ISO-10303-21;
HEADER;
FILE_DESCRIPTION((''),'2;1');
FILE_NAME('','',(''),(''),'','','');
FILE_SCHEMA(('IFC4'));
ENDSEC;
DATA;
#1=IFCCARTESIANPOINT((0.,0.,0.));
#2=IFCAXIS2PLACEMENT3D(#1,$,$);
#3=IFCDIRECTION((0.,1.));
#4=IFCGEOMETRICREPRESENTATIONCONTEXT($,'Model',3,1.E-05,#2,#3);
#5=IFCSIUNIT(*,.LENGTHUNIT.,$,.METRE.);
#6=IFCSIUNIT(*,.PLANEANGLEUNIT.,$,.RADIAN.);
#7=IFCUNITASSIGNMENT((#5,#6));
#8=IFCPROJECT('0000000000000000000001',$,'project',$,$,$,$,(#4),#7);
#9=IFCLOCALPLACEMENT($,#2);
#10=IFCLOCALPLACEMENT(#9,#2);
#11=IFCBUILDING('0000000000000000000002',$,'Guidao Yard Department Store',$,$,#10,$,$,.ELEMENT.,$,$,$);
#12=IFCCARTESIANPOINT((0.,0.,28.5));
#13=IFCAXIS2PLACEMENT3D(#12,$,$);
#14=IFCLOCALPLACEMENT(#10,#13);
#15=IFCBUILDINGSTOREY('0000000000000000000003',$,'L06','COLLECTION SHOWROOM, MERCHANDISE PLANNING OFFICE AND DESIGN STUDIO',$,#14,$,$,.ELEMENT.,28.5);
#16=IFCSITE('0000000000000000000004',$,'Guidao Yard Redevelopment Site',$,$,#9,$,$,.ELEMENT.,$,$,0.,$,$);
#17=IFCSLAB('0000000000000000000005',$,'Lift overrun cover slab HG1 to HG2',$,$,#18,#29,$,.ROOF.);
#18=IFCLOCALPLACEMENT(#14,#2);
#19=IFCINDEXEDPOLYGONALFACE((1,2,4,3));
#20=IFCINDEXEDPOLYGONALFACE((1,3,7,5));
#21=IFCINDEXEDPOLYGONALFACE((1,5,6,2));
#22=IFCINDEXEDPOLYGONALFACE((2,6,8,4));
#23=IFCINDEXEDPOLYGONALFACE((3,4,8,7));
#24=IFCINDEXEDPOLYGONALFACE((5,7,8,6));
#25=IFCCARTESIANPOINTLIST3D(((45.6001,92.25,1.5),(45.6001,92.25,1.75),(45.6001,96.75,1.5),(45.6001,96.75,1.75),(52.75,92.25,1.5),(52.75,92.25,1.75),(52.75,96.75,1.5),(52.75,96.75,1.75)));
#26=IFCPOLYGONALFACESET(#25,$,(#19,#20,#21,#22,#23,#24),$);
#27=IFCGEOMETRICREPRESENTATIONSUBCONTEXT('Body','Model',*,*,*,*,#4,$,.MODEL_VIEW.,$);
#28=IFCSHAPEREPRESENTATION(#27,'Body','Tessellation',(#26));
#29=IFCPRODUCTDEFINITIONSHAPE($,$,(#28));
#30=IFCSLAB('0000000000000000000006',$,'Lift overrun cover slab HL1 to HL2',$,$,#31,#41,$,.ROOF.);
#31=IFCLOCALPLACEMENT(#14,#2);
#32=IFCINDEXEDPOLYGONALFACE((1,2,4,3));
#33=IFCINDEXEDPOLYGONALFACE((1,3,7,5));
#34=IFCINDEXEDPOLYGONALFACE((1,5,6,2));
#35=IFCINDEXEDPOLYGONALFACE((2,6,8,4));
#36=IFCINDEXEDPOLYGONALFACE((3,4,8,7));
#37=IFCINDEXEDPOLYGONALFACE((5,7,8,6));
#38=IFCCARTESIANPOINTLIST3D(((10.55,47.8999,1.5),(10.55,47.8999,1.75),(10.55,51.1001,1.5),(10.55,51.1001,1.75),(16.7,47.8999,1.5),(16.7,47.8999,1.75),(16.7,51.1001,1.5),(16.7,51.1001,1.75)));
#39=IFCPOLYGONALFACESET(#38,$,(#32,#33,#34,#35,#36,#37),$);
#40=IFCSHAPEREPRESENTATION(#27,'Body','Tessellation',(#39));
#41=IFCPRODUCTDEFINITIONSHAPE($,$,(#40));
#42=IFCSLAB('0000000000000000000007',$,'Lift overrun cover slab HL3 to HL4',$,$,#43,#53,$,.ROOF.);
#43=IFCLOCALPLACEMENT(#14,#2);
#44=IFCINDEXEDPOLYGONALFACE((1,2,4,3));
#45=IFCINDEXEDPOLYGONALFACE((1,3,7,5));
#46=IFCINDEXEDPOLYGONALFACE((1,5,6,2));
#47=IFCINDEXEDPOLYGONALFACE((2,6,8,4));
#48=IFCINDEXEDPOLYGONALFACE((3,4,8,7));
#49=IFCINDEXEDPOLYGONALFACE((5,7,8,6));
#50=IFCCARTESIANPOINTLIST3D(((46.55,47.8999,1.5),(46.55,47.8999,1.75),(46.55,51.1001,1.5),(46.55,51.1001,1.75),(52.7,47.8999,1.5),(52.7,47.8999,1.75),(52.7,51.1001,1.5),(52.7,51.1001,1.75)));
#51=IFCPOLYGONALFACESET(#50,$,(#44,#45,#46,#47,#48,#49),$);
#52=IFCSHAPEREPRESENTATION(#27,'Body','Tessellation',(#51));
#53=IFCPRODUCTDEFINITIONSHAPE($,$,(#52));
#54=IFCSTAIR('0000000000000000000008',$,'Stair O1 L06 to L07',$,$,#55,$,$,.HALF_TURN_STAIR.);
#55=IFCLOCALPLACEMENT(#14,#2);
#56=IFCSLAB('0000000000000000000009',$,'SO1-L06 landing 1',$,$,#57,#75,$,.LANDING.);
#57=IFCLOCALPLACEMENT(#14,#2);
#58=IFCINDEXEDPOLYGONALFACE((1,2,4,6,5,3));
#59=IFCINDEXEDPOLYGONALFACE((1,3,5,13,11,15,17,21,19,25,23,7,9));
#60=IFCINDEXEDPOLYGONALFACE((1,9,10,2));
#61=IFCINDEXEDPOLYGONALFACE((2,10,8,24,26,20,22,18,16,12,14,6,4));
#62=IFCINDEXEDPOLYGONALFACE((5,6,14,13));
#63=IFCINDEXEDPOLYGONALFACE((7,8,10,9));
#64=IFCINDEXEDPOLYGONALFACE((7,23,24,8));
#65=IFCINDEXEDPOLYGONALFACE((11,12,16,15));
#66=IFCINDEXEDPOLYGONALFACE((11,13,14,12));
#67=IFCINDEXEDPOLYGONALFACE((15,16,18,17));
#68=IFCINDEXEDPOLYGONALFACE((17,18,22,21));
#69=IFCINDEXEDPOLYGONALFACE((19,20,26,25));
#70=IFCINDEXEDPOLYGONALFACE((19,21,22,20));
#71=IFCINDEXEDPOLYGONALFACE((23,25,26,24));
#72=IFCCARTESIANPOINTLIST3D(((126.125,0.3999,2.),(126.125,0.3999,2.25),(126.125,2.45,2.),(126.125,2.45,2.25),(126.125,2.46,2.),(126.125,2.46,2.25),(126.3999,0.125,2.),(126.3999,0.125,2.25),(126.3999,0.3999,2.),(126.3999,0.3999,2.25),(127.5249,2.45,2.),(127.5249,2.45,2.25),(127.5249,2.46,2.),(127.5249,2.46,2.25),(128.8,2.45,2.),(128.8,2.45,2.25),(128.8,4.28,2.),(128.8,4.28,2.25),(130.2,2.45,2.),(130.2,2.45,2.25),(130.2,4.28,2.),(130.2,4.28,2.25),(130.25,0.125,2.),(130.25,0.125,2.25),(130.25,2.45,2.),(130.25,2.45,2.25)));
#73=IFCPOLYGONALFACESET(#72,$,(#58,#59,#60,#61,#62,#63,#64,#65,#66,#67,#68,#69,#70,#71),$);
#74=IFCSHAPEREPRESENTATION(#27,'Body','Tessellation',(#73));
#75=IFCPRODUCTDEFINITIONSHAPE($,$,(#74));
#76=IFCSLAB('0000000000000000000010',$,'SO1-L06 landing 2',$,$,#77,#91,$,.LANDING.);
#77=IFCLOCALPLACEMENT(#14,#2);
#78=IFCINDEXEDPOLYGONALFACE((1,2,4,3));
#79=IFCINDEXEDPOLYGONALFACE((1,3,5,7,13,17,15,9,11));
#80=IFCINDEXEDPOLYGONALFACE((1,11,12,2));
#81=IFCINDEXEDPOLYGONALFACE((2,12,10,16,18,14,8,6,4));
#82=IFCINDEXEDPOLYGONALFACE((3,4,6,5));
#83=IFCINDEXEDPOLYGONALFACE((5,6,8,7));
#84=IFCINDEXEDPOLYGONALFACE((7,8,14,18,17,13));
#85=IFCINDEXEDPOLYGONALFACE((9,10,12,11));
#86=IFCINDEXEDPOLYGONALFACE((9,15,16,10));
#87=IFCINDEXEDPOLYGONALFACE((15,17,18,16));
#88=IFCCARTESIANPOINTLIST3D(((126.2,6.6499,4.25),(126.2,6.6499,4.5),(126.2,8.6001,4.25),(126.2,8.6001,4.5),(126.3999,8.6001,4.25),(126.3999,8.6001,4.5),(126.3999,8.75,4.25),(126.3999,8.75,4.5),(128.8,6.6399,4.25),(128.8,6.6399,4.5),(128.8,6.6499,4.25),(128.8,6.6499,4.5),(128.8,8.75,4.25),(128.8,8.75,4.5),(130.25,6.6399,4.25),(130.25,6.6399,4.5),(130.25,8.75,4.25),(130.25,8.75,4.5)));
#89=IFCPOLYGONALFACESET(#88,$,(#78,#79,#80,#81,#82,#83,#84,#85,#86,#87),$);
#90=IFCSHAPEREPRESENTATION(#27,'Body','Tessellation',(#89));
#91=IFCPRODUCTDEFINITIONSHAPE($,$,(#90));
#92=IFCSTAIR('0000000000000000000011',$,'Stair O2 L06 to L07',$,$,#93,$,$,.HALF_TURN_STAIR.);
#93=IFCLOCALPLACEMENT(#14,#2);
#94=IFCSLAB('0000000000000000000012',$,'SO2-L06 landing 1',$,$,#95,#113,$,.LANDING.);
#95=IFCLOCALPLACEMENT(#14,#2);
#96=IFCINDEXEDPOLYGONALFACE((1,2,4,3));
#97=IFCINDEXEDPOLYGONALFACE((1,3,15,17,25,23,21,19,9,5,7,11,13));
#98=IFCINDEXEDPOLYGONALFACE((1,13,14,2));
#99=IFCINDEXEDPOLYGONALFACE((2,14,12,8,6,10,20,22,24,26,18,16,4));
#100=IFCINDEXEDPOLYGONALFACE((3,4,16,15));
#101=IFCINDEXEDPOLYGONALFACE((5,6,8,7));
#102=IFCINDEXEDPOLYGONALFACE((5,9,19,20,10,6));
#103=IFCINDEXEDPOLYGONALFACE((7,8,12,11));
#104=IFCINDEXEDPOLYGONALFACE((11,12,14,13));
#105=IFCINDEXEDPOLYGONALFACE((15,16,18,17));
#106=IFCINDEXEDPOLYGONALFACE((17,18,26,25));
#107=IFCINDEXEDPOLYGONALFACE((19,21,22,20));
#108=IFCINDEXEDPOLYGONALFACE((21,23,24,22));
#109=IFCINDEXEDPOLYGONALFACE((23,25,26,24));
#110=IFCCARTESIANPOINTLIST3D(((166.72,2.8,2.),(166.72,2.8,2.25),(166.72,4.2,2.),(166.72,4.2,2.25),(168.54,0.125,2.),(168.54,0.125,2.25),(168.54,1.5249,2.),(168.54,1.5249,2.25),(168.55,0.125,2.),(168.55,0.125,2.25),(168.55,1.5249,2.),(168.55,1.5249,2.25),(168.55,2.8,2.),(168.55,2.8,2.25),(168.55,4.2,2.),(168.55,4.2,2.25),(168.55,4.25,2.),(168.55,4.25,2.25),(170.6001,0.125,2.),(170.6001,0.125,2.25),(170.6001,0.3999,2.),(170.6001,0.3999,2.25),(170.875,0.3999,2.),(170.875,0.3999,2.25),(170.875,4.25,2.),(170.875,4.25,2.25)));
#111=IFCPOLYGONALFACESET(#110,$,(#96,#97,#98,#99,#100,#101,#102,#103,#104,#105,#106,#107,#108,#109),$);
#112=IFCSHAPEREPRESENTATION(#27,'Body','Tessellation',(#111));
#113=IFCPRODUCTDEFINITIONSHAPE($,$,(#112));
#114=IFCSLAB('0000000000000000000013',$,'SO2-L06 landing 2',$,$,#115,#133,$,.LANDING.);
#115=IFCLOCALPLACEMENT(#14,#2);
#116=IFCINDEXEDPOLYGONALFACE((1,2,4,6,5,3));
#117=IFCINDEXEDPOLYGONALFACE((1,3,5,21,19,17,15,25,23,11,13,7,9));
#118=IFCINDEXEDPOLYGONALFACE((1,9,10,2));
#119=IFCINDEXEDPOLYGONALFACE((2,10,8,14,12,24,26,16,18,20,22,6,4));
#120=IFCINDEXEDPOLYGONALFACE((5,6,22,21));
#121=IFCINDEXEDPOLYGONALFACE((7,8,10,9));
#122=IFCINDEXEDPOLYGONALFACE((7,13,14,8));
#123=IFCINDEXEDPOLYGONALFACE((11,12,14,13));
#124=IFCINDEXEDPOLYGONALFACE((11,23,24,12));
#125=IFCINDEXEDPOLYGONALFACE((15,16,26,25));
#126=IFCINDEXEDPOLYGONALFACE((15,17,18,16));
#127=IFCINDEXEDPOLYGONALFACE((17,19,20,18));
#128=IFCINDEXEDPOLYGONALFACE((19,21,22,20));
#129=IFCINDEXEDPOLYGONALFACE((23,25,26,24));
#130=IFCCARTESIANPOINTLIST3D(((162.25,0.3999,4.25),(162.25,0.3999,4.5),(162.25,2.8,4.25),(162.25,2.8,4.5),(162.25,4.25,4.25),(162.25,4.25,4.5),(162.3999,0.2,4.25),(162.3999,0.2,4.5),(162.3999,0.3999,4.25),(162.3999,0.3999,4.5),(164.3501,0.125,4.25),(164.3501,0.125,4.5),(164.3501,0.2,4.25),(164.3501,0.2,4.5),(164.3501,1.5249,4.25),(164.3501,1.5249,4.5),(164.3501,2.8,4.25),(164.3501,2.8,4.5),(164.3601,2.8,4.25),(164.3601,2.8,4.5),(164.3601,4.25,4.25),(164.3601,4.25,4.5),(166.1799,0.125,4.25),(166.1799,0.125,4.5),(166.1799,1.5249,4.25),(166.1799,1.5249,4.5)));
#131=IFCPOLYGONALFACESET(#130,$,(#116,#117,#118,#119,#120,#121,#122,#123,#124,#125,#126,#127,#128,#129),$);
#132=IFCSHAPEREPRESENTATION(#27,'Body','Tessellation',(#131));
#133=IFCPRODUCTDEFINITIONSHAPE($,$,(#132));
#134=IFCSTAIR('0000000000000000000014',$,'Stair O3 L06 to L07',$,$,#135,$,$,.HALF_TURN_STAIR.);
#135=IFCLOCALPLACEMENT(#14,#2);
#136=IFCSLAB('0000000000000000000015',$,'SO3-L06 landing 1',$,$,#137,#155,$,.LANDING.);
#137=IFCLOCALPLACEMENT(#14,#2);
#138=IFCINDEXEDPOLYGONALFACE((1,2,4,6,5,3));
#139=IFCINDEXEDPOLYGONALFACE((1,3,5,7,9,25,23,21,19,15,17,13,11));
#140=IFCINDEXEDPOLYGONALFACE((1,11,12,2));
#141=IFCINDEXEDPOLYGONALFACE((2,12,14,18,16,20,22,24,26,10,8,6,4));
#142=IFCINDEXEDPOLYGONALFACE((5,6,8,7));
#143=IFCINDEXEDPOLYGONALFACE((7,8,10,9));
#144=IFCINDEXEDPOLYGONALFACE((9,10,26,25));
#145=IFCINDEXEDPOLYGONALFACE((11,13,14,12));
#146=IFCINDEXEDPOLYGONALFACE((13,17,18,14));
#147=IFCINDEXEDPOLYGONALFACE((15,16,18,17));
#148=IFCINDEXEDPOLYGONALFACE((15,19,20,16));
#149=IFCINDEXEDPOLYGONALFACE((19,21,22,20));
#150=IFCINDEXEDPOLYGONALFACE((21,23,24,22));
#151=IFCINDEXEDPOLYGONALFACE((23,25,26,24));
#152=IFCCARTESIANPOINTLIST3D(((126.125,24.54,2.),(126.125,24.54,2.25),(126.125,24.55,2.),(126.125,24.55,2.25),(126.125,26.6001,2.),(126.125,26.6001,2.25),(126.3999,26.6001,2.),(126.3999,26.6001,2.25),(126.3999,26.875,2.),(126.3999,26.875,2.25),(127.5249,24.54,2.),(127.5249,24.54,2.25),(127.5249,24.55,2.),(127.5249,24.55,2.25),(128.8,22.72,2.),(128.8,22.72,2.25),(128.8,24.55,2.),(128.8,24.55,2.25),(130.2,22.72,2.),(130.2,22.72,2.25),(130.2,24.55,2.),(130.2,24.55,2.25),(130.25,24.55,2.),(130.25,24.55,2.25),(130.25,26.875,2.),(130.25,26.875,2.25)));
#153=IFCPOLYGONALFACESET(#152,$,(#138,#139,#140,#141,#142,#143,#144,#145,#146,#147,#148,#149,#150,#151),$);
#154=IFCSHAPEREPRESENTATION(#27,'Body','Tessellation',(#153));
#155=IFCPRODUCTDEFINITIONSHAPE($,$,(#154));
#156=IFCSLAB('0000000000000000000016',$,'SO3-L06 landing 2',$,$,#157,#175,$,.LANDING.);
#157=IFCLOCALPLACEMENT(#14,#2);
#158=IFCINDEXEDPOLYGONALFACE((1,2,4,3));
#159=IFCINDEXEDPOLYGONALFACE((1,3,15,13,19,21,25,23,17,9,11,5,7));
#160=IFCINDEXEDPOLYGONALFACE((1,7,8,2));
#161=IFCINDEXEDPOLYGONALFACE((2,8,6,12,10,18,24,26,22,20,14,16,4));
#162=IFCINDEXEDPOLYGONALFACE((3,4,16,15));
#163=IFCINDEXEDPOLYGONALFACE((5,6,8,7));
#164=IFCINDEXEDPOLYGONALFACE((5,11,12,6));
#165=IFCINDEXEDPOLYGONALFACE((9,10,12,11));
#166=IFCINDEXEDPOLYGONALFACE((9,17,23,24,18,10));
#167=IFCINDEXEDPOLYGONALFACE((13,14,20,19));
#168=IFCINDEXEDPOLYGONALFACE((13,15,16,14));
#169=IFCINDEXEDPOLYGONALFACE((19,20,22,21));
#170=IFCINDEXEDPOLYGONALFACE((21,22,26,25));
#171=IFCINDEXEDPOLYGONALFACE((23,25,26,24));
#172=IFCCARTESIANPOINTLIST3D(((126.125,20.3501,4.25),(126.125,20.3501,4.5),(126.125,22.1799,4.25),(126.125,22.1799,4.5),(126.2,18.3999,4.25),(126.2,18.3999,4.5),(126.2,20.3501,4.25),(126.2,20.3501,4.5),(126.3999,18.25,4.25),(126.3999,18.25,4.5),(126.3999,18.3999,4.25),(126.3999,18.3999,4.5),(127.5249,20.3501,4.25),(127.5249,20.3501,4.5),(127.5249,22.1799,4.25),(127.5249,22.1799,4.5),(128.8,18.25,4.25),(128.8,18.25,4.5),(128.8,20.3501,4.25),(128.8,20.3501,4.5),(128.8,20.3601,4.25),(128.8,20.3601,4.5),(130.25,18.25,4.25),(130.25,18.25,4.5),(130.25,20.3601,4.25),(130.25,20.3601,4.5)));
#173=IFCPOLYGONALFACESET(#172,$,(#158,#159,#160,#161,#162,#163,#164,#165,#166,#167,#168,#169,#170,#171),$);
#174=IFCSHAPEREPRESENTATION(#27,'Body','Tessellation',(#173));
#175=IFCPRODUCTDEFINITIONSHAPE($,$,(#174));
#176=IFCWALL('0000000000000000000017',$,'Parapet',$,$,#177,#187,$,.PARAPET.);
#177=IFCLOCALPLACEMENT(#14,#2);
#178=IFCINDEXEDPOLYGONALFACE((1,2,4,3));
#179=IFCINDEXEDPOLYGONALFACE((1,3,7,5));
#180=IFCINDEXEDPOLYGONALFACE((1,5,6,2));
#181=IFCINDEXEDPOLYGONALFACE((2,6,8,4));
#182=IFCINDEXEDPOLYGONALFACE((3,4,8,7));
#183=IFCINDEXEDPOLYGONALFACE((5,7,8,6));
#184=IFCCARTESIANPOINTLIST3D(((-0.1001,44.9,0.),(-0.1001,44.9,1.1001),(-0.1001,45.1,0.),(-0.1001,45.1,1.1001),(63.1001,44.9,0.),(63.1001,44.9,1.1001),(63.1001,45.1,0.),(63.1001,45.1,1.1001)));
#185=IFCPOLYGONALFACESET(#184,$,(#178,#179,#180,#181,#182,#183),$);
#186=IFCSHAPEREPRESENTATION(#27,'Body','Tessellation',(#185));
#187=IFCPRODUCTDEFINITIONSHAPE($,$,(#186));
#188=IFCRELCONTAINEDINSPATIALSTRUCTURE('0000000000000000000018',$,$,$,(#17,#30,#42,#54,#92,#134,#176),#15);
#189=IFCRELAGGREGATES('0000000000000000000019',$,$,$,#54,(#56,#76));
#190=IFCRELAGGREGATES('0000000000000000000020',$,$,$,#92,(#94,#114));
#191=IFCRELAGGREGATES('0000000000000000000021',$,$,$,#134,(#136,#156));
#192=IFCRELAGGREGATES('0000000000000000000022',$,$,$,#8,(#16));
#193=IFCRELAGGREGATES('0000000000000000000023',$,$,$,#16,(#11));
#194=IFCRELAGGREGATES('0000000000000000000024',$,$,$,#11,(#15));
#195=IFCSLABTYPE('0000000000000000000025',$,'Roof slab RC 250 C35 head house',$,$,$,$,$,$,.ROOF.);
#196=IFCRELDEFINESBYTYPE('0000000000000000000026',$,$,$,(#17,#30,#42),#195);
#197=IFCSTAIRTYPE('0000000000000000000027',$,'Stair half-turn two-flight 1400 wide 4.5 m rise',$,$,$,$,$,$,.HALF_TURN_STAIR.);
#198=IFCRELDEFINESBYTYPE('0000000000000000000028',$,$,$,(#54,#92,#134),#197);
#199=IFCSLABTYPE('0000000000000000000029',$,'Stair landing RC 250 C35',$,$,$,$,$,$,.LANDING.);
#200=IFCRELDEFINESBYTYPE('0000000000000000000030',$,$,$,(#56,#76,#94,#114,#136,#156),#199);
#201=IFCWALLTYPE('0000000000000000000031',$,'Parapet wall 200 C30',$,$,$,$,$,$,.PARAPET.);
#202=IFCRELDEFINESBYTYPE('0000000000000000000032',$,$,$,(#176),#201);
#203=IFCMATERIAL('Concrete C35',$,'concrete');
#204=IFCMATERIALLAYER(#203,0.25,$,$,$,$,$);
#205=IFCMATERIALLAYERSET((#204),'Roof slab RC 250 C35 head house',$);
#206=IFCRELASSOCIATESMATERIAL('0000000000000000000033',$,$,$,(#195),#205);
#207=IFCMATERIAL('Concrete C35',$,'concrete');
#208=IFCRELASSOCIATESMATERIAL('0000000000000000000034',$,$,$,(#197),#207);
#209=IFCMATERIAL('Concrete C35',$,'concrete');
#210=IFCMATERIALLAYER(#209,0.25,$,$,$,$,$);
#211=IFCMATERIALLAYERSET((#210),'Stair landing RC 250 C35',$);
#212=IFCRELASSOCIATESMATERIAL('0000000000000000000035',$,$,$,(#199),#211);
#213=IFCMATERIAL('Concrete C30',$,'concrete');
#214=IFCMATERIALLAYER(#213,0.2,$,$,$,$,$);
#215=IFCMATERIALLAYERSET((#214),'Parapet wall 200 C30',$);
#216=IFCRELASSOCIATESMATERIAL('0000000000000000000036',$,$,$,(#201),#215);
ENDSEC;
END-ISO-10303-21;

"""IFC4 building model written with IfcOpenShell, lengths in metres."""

from ifc_helpers import new_model, si_unit, direction, frame, frame_2d, origin, place, context, subcontext, project, spatial, polyline, rectangle, outline, extrude, material, layer, layer_set, type_object, element, aggregate, save


model = new_model("IFC4")

# Units and contexts
model_context = context("Model", 3, precision=1e-05, world=origin(), true_north=direction((0.0, 1.0)))
body_context = subcontext(model_context, "Body", "Model", "MODEL_VIEW")
ifc_project = project(units=[si_unit("LENGTHUNIT", "METRE"), si_unit("PLANEANGLEUNIT", "RADIAN")], contexts=[model_context])

# Site, building, storey
site_placement = place(None, origin())
site = spatial("IfcSite", under=ifc_project, at=site_placement, Name="Guidao Yard Redevelopment Site", CompositionType="ELEMENT", RefElevation=0.0)
building_placement = place(site_placement, origin())
building = spatial("IfcBuilding", under=site, at=building_placement, Name="Guidao Yard Department Store", CompositionType="ELEMENT")
storey_placement = place(building_placement, frame((0.0, 0.0, 28.5)))
storey = spatial("IfcBuildingStorey", under=building, at=storey_placement, Name="L06", Description="COLLECTION SHOWROOM, MERCHANDISE PLANNING OFFICE AND DESIGN STUDIO", CompositionType="ELEMENT", Elevation=28.5)

# Slabs
ifc_material_1 = material(Name="Concrete C35", Category="concrete")
ifc_layer_1 = layer(ifc_material_1, 0.25)
ifc_layer_set_1 = layer_set([ifc_layer_1], Name="Roof slab RC 250 C35 head house")
slab_type_1 = type_object("IfcSlabType", Name="Roof slab RC 250 C35 head house", PredefinedType="ROOF", material=ifc_layer_set_1)
slab_1_placement = place(storey_placement, frame((0.0, 0.0, 1.5)))
element("IfcSlab", 1, at=slab_1_placement, inside=storey, type_object=slab_type_1, Name="Lift overrun cover slab HG1 to HG2", PredefinedType="ROOF", context=body_context, shape_type="SweptSolid", body=[
    extrude(outline(polyline([(45.6001, 92.25), (52.75, 92.25), (52.75, 96.75), (45.6001, 96.75), (45.6001, 92.25)])), origin(), (0.0, 0.0, 1.0), 0.25),
])
slab_2_placement = place(storey_placement, frame((0.0, 0.0, 1.5)))
element("IfcSlab", 2, at=slab_2_placement, inside=storey, type_object=slab_type_1, Name="Lift overrun cover slab HL1 to HL2", PredefinedType="ROOF", context=body_context, shape_type="SweptSolid", body=[
    extrude(outline(polyline([(10.55, 47.8999), (16.7, 47.8999), (16.7, 51.1001), (10.55, 51.1001), (10.55, 47.8999)])), origin(), (0.0, 0.0, 1.0), 0.25),
])
slab_3_placement = place(storey_placement, frame((0.0, 0.0, 1.5)))
element("IfcSlab", 3, at=slab_3_placement, inside=storey, type_object=slab_type_1, Name="Lift overrun cover slab HL3 to HL4", PredefinedType="ROOF", context=body_context, shape_type="SweptSolid", body=[
    extrude(outline(polyline([(46.55, 47.8999), (52.7, 47.8999), (52.7, 51.1001), (46.55, 51.1001), (46.55, 47.8999)])), origin(), (0.0, 0.0, 1.0), 0.25),
])

# Stairs, slabs
ifc_material_2 = material(Name="Concrete C35", Category="concrete")
stair_type = type_object("IfcStairType", Name="Stair half-turn two-flight 1400 wide 4.5 m rise", PredefinedType="HALF_TURN_STAIR", material=ifc_material_2)
stair_1_placement = place(storey_placement, origin())
stair_1 = element("IfcStair", 4, at=stair_1_placement, inside=storey, type_object=stair_type, Name="Stair O1 L06 to L07", PredefinedType="HALF_TURN_STAIR")
ifc_material_3 = material(Name="Concrete C35", Category="concrete")
ifc_layer_2 = layer(ifc_material_3, 0.25)
ifc_layer_set_2 = layer_set([ifc_layer_2], Name="Stair landing RC 250 C35")
slab_type_2 = type_object("IfcSlabType", Name="Stair landing RC 250 C35", PredefinedType="LANDING", material=ifc_layer_set_2)
slab_4_placement = place(storey_placement, frame((0.0, 0.0, 2.0)))
slab_4 = element("IfcSlab", 5, at=slab_4_placement, type_object=slab_type_2, Name="SO1-L06 landing 1", PredefinedType="LANDING", context=body_context, shape_type="SweptSolid", body=[
    extrude(outline(polyline([(126.3999, 0.125), (126.3999, 0.3999), (126.125, 0.3999), (126.125, 2.45), (126.125, 2.46), (127.5249, 2.46), (127.5249, 2.45), (128.8, 2.45), (128.8, 4.28), (130.2, 4.28), (130.2, 2.45), (130.25, 2.45), (130.25, 0.125), (126.3999, 0.125)])), origin(), (0.0, 0.0, 1.0), 0.25),
])
slab_5_placement = place(storey_placement, frame((0.0, 0.0, 4.25)))
slab_5 = element("IfcSlab", 6, at=slab_5_placement, type_object=slab_type_2, Name="SO1-L06 landing 2", PredefinedType="LANDING", context=body_context, shape_type="SweptSolid", body=[
    extrude(outline(polyline([(128.8, 6.6399), (128.8, 6.6499), (126.2, 6.6499), (126.2, 8.6001), (126.3999, 8.6001), (126.3999, 8.75), (128.8, 8.75), (130.25, 8.75), (130.25, 6.6399), (128.8, 6.6399)])), origin(), (0.0, 0.0, 1.0), 0.25),
])
aggregate(stair_1, [slab_4, slab_5])
stair_2_placement = place(storey_placement, origin())
stair_2 = element("IfcStair", 7, at=stair_2_placement, inside=storey, type_object=stair_type, Name="Stair O2 L06 to L07", PredefinedType="HALF_TURN_STAIR")
slab_6_placement = place(storey_placement, frame((0.0, 0.0, 2.0)))
slab_6 = element("IfcSlab", 8, at=slab_6_placement, type_object=slab_type_2, Name="SO2-L06 landing 1", PredefinedType="LANDING", context=body_context, shape_type="SweptSolid", body=[
    extrude(outline(polyline([(168.55, 1.5249), (168.55, 2.8), (166.72, 2.8), (166.72, 4.2), (168.55, 4.2), (168.55, 4.25), (170.875, 4.25), (170.875, 0.3999), (170.6001, 0.3999), (170.6001, 0.125), (168.55, 0.125), (168.54, 0.125), (168.54, 1.5249), (168.55, 1.5249)])), origin(), (0.0, 0.0, 1.0), 0.25),
])
slab_7_placement = place(storey_placement, frame((0.0, 0.0, 4.25)))
slab_7 = element("IfcSlab", 9, at=slab_7_placement, type_object=slab_type_2, Name="SO2-L06 landing 2", PredefinedType="LANDING", context=body_context, shape_type="SweptSolid", body=[
    extrude(outline(polyline([(164.3501, 0.125), (164.3501, 0.2), (162.3999, 0.2), (162.3999, 0.3999), (162.25, 0.3999), (162.25, 2.8), (162.25, 4.25), (164.3601, 4.25), (164.3601, 2.8), (164.3501, 2.8), (164.3501, 1.5249), (166.1799, 1.5249), (166.1799, 0.125), (164.3501, 0.125)])), origin(), (0.0, 0.0, 1.0), 0.25),
])
aggregate(stair_2, [slab_6, slab_7])
stair_3_placement = place(storey_placement, origin())
stair_3 = element("IfcStair", 10, at=stair_3_placement, inside=storey, type_object=stair_type, Name="Stair O3 L06 to L07", PredefinedType="HALF_TURN_STAIR")
slab_8_placement = place(storey_placement, frame((0.0, 0.0, 2.0)))
slab_8 = element("IfcSlab", 11, at=slab_8_placement, type_object=slab_type_2, Name="SO3-L06 landing 1", PredefinedType="LANDING", context=body_context, shape_type="SweptSolid", body=[
    extrude(outline(polyline([(128.8, 24.55), (127.5249, 24.55), (127.5249, 24.54), (126.125, 24.54), (126.125, 24.55), (126.125, 26.6001), (126.3999, 26.6001), (126.3999, 26.875), (130.25, 26.875), (130.25, 24.55), (130.2, 24.55), (130.2, 22.72), (128.8, 22.72), (128.8, 24.55)])), origin(), (0.0, 0.0, 1.0), 0.25),
])
slab_9_placement = place(storey_placement, frame((0.0, 0.0, 4.25)))
slab_9 = element("IfcSlab", 12, at=slab_9_placement, type_object=slab_type_2, Name="SO3-L06 landing 2", PredefinedType="LANDING", context=body_context, shape_type="SweptSolid", body=[
    extrude(outline(polyline([(130.25, 20.3601), (130.25, 18.25), (128.8, 18.25), (126.3999, 18.25), (126.3999, 18.3999), (126.2, 18.3999), (126.2, 20.3501), (126.125, 20.3501), (126.125, 22.1799), (127.5249, 22.1799), (127.5249, 20.3501), (128.8, 20.3501), (128.8, 20.3601), (130.25, 20.3601)])), origin(), (0.0, 0.0, 1.0), 0.25),
])
aggregate(stair_3, [slab_8, slab_9])

# Wall
ifc_material_4 = material(Name="Concrete C30", Category="concrete")
ifc_layer_3 = layer(ifc_material_4, 0.2)
ifc_layer_set_3 = layer_set([ifc_layer_3], Name="Parapet wall 200 C30")
wall_type = type_object("IfcWallType", Name="Parapet wall 200 C30", PredefinedType="PARAPET", material=ifc_layer_set_3)
wall_1_placement = place(storey_placement, frame((-0.1001, 45.0, 0.0), z_axis=(0.0, 0.0, 1.0), x_axis=(1.0, 0.0, 0.0)))
element("IfcWall", 13, at=wall_1_placement, inside=storey, type_object=wall_type, Name="Parapet", PredefinedType="PARAPET", context=body_context, shape_type="SweptSolid", body=[
    extrude(rectangle(XDim=63.2002, YDim=0.2, at=frame_2d((31.6001, 0.0))), origin(), (0.0, 0.0, 1.0), 1.1001),
])

save(model, "model.ifc")
